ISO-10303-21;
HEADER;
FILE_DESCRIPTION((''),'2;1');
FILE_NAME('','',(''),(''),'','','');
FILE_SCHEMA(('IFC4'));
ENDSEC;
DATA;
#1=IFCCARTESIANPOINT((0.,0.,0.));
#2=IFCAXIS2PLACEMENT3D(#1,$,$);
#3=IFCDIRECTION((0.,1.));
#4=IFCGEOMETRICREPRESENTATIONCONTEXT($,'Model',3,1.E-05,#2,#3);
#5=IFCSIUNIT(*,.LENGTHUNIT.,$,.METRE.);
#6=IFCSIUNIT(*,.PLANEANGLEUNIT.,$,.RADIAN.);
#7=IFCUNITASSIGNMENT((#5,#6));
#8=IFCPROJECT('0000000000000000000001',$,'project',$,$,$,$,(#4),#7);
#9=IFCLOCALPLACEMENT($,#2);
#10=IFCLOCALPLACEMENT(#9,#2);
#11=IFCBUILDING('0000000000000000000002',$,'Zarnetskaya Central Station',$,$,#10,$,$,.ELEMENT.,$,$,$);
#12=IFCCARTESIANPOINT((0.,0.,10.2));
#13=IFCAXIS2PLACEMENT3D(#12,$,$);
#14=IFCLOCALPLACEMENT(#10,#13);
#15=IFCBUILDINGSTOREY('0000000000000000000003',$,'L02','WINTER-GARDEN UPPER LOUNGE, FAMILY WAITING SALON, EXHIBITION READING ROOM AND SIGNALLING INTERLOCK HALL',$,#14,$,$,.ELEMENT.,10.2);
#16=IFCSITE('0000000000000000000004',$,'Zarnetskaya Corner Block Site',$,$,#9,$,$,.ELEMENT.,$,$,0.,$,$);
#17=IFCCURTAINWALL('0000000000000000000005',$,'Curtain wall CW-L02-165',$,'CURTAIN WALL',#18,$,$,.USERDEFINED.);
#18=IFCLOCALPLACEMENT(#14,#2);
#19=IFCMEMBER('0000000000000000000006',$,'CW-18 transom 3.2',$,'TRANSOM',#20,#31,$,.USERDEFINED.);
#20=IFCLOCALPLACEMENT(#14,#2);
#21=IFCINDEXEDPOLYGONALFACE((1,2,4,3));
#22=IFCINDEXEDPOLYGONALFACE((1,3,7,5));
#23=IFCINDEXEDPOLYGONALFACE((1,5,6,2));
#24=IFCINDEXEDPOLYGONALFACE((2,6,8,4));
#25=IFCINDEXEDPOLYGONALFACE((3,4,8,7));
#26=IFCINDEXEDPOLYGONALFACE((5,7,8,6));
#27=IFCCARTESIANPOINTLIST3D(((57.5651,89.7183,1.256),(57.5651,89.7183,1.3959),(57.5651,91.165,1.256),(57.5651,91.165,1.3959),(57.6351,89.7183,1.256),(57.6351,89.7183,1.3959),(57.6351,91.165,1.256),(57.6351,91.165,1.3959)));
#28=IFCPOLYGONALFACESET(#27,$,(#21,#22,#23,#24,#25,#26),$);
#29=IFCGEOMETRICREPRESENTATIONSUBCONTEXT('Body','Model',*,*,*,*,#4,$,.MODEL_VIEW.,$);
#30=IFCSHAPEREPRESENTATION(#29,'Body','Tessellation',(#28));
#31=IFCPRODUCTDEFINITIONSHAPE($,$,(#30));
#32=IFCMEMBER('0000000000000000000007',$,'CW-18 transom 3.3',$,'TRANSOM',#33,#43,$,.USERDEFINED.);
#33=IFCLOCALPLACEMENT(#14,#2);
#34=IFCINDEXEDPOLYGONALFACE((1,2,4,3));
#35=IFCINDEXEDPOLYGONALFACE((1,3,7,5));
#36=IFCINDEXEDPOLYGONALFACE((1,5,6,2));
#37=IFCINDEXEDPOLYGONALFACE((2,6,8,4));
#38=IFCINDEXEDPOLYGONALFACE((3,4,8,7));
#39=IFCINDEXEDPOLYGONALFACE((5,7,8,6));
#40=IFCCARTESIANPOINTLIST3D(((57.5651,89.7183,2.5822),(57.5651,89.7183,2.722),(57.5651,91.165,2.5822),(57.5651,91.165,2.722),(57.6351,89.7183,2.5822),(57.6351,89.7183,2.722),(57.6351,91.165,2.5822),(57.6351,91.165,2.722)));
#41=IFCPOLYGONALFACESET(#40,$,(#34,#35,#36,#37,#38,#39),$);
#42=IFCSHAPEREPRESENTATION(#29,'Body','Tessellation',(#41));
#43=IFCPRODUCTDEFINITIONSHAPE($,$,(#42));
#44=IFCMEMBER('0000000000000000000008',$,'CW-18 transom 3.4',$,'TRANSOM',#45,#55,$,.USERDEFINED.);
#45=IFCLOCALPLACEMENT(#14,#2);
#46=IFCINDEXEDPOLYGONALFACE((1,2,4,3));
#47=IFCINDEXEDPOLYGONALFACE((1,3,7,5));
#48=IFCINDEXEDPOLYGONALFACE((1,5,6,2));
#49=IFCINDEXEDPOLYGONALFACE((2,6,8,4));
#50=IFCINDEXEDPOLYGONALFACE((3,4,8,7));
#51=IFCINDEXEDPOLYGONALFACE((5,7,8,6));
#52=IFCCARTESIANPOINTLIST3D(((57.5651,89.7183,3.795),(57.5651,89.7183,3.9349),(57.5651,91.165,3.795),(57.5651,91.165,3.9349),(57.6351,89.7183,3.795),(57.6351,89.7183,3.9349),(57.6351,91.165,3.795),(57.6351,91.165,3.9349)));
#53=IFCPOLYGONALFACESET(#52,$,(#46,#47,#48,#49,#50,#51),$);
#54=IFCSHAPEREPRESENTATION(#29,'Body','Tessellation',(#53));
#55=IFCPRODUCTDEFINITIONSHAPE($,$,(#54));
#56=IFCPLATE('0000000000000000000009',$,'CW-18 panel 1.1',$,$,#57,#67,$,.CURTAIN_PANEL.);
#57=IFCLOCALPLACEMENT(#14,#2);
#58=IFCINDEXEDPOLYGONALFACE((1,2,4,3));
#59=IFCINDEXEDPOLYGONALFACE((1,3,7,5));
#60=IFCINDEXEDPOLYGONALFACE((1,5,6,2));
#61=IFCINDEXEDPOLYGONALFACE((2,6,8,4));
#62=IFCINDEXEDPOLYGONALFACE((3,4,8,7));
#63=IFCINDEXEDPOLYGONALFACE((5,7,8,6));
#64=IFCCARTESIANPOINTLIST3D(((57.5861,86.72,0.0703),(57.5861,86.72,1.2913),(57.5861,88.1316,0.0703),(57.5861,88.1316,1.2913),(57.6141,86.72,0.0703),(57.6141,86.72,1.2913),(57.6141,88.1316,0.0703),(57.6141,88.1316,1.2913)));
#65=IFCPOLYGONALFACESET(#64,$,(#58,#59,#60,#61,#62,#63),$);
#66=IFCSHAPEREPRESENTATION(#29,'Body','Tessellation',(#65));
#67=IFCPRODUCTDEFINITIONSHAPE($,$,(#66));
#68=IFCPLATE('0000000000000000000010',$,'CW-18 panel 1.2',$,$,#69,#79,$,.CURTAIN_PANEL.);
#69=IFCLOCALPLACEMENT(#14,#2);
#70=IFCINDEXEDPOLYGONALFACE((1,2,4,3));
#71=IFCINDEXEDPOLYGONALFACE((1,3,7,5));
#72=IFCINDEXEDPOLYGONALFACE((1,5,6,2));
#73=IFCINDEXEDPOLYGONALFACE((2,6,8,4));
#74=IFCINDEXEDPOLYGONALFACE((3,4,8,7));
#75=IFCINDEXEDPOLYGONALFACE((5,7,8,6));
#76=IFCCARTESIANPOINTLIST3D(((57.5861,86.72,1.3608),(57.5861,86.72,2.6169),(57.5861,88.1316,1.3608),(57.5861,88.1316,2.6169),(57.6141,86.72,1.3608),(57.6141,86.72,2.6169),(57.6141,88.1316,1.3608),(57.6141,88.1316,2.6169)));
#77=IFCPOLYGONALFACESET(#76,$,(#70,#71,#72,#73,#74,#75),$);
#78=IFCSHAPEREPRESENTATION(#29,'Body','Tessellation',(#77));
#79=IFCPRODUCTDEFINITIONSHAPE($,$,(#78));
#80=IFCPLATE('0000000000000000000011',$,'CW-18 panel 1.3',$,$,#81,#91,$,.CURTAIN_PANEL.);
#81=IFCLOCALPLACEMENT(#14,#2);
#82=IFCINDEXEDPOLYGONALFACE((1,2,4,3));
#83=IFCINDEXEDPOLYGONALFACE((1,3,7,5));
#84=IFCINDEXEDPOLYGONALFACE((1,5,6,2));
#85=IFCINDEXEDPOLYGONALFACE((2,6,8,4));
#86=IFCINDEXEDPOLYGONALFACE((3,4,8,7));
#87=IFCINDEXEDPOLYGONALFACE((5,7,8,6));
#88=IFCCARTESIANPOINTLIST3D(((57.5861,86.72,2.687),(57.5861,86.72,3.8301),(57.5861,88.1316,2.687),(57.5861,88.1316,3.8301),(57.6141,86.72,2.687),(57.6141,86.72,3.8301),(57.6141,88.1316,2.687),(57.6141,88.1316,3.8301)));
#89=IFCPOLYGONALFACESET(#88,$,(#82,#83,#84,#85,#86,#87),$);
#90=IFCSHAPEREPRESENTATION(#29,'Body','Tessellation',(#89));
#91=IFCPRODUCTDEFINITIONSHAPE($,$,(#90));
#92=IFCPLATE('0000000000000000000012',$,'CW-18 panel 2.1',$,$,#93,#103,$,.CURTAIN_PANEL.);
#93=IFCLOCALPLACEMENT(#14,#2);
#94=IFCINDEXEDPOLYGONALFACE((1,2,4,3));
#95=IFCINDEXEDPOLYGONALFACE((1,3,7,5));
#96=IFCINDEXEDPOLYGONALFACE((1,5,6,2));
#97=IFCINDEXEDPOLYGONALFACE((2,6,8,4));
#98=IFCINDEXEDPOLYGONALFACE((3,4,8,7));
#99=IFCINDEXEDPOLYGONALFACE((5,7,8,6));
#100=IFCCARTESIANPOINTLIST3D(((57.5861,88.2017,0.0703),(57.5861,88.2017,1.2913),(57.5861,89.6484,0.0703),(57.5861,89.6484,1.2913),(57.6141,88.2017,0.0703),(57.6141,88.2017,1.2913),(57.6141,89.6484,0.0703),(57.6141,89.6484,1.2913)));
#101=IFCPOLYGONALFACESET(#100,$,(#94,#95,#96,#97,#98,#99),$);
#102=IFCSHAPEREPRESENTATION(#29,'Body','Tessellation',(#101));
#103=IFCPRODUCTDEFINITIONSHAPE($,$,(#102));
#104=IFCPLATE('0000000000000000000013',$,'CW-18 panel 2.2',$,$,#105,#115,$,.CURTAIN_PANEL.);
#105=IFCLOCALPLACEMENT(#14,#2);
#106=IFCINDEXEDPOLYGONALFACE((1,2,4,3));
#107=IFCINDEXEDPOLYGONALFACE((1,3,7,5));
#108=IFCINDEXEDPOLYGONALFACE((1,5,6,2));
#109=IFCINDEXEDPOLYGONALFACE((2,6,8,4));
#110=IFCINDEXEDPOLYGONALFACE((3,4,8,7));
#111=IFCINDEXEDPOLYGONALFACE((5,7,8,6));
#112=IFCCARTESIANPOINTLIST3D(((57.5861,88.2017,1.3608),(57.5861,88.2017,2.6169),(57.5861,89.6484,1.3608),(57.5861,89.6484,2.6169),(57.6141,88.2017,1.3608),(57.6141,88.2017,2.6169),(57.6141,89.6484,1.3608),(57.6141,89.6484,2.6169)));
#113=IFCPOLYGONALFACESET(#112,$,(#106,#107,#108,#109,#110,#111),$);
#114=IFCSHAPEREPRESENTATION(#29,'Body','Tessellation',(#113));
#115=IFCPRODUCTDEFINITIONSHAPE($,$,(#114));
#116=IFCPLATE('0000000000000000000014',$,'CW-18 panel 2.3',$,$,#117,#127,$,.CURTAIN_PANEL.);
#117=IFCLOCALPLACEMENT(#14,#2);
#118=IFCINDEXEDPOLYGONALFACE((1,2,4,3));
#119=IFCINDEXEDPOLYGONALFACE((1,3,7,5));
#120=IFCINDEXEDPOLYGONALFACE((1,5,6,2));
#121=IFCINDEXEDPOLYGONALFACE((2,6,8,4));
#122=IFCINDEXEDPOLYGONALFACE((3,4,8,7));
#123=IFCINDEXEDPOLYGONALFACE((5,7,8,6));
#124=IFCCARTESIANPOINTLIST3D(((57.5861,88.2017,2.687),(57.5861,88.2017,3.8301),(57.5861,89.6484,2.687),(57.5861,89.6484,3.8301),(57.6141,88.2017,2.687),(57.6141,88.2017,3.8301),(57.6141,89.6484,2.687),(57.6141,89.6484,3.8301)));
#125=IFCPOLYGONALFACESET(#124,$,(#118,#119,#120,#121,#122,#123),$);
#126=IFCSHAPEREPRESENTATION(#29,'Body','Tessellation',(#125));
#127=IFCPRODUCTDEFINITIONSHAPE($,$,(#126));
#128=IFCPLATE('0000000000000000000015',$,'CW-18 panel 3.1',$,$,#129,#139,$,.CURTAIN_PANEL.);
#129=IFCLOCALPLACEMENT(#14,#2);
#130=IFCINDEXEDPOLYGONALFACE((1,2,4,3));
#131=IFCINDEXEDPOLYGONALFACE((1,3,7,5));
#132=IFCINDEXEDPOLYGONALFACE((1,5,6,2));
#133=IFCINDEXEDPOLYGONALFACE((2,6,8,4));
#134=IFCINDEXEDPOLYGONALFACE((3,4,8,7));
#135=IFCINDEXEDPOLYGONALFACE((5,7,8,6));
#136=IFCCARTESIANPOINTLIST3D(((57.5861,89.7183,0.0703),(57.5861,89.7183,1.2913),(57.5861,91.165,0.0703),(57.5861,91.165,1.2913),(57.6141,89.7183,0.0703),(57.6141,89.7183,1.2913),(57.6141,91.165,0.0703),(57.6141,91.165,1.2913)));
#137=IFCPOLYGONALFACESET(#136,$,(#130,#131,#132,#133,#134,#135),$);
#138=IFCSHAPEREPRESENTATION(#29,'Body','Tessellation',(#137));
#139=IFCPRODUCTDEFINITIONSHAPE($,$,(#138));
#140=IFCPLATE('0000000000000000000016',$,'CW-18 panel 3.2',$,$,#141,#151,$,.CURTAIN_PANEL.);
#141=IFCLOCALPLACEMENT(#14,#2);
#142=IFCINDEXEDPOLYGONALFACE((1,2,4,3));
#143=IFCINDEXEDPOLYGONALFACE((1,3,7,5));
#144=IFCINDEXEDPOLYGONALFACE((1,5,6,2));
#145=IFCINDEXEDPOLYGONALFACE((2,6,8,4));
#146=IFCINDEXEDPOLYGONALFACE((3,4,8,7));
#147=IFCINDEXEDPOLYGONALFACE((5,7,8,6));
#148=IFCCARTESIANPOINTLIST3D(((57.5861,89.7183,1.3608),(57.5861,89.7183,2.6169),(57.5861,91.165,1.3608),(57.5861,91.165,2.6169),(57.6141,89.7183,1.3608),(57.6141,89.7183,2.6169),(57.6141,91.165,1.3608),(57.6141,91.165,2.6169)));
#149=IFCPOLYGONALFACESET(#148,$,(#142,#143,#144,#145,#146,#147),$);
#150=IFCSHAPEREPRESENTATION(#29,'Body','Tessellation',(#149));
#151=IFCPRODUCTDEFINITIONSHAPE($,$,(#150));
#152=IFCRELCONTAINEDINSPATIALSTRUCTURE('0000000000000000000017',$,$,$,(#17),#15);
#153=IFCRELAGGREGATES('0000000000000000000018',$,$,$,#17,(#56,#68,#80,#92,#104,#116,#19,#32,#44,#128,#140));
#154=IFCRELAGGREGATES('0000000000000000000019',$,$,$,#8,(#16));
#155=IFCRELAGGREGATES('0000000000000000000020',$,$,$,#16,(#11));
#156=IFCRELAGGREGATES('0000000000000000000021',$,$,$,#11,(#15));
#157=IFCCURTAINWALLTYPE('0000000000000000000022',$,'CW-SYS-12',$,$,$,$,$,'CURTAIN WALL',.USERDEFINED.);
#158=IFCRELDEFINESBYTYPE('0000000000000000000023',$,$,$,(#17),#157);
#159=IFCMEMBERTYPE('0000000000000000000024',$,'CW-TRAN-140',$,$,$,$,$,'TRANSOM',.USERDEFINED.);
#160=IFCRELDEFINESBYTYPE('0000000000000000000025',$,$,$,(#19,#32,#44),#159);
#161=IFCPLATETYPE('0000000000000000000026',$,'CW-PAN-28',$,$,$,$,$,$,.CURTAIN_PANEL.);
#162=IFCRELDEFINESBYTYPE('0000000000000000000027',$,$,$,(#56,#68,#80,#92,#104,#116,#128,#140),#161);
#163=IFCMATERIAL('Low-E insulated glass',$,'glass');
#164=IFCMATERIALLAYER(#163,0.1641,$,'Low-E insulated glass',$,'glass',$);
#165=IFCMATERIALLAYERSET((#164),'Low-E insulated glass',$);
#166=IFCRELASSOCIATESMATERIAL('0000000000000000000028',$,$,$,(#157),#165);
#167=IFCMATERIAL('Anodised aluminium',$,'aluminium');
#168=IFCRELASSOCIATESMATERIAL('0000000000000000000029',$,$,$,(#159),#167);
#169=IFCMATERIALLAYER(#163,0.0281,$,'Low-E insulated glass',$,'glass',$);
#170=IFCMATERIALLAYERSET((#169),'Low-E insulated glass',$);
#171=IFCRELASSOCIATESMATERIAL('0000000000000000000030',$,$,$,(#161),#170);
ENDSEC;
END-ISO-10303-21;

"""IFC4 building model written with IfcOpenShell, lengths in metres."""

from ifc_helpers import new_model, si_unit, direction, frame, origin, origin_2d, place, context, subcontext, project, spatial, rectangle, extrude, material, layer, layer_set, material_profile, profile_set, type_object, element, aggregate, save


model = new_model("IFC4")

# Units and contexts
model_context = context("Model", 3, precision=1e-05, world=origin(), true_north=direction((0.0, 1.0)))
body_context = subcontext(model_context, "Body", "Model", "MODEL_VIEW")
ifc_project = project(units=[si_unit("LENGTHUNIT", "METRE"), si_unit("PLANEANGLEUNIT", "RADIAN")], contexts=[model_context])

# Site, building, storey
site_placement = place(None, origin())
site = spatial("IfcSite", under=ifc_project, at=site_placement, Name="Zarnetskaya Corner Block Site", CompositionType="ELEMENT", RefElevation=0.0)
building_placement = place(site_placement, origin())
building = spatial("IfcBuilding", under=site, at=building_placement, Name="Zarnetskaya Central Station", CompositionType="ELEMENT")
storey_placement = place(building_placement, frame((0.0, 0.0, 10.2)))
storey = spatial("IfcBuildingStorey", under=building, at=storey_placement, Name="L02", Description="WINTER-GARDEN UPPER LOUNGE, FAMILY WAITING SALON, EXHIBITION READING ROOM AND SIGNALLING INTERLOCK HALL", CompositionType="ELEMENT", Elevation=10.2)

# Curtain wall
ifc_material_1 = material(Name="Low-E insulated glass", Category="glass")
ifc_layer_1 = layer(ifc_material_1, 0.1641, Name="Low-E insulated glass", Category="glass")
ifc_layer_set_1 = layer_set([ifc_layer_1], Name="Low-E insulated glass")
curtain_wall_type = type_object("IfcCurtainWallType", Name="CW-SYS-12", ElementType="CURTAIN WALL", PredefinedType="USERDEFINED", material=ifc_layer_set_1)
curtain_wall_1_placement = place(storey_placement, origin())
curtain_wall_1 = element("IfcCurtainWall", 1, at=curtain_wall_1_placement, inside=storey, type_object=curtain_wall_type, Name="Curtain wall CW-L02-165", ObjectType="CURTAIN WALL", PredefinedType="USERDEFINED")
ifc_material_2 = material(Name="Anodised aluminium", Category="aluminium")

# Members
ifc_material_profile_1 = material_profile(ifc_material_2, rectangle(XDim=0.0701, YDim=0.1399, at=origin_2d()), Name="ALU TRAN 70x140")
ifc_profile_set_1 = profile_set([ifc_material_profile_1], Name="Anodised aluminium")
member_type_1 = type_object("IfcMemberType", Name="CW-TRAN-140", ElementType="TRANSOM", PredefinedType="USERDEFINED", material=ifc_profile_set_1)
member_1_placement = place(storey_placement, frame((57.6001, 89.7183, 1.3259), z_axis=(0.0, 1.0, 0.0), x_axis=(-1.0, 0.0, 0.0)))
member_1 = element("IfcMember", 2, at=member_1_placement, type_object=member_type_1, Name="CW-18 transom 3.2", ObjectType="TRANSOM", PredefinedType="USERDEFINED", context=body_context, shape_type="SweptSolid", body=[
    extrude(rectangle(XDim=0.0701, YDim=0.1399, at=origin_2d()), origin(), (0.0, 0.0, 1.0), 1.4468),
])
member_2_placement = place(storey_placement, frame((57.6001, 89.7183, 2.6521), z_axis=(0.0, 1.0, 0.0), x_axis=(-1.0, 0.0, 0.0)))
member_2 = element("IfcMember", 3, at=member_2_placement, type_object=member_type_1, Name="CW-18 transom 3.3", ObjectType="TRANSOM", PredefinedType="USERDEFINED", context=body_context, shape_type="SweptSolid", body=[
    extrude(rectangle(XDim=0.0701, YDim=0.1399, at=origin_2d()), origin(), (0.0, 0.0, 1.0), 1.4468),
])
member_3_placement = place(storey_placement, frame((57.6001, 89.7183, 3.865), z_axis=(0.0, 1.0, 0.0), x_axis=(-1.0, 0.0, 0.0)))
member_3 = element("IfcMember", 4, at=member_3_placement, type_object=member_type_1, Name="CW-18 transom 3.4", ObjectType="TRANSOM", PredefinedType="USERDEFINED", context=body_context, shape_type="SweptSolid", body=[
    extrude(rectangle(XDim=0.0701, YDim=0.1399, at=origin_2d()), origin(), (0.0, 0.0, 1.0), 1.4468),
])

# Plates
ifc_layer_2 = layer(ifc_material_1, 0.0281, Name="Low-E insulated glass", Category="glass")
ifc_layer_set_2 = layer_set([ifc_layer_2], Name="Low-E insulated glass")
plate_type = type_object("IfcPlateType", Name="CW-PAN-28", PredefinedType="CURTAIN_PANEL", material=ifc_layer_set_2)
plate_1_placement = place(storey_placement, frame((57.6001, 87.4258, 0.0703), z_axis=(0.0, 0.0, 1.0), x_axis=(0.0, 1.0, 0.0)))
plate_1 = element("IfcPlate", 5, at=plate_1_placement, type_object=plate_type, Name="CW-18 panel 1.1", PredefinedType="CURTAIN_PANEL", context=body_context, shape_type="SweptSolid", body=[
    extrude(rectangle(XDim=1.4116, YDim=0.0281, at=origin_2d()), origin(), (0.0, 0.0, 1.0), 1.2209),
])
plate_2_placement = place(storey_placement, frame((57.6001, 87.4258, 1.3608), z_axis=(0.0, 0.0, 1.0), x_axis=(0.0, 1.0, 0.0)))
plate_2 = element("IfcPlate", 6, at=plate_2_placement, type_object=plate_type, Name="CW-18 panel 1.2", PredefinedType="CURTAIN_PANEL", context=body_context, shape_type="SweptSolid", body=[
    extrude(rectangle(XDim=1.4116, YDim=0.0281, at=origin_2d()), origin(), (0.0, 0.0, 1.0), 1.2561),
])
plate_3_placement = place(storey_placement, frame((57.6001, 87.4258, 2.687), z_axis=(0.0, 0.0, 1.0), x_axis=(0.0, 1.0, 0.0)))
plate_3 = element("IfcPlate", 7, at=plate_3_placement, type_object=plate_type, Name="CW-18 panel 1.3", PredefinedType="CURTAIN_PANEL", context=body_context, shape_type="SweptSolid", body=[
    extrude(rectangle(XDim=1.4116, YDim=0.0281, at=origin_2d()), origin(), (0.0, 0.0, 1.0), 1.1431),
])
plate_4_placement = place(storey_placement, frame((57.6001, 88.925, 0.0703), z_axis=(0.0, 0.0, 1.0), x_axis=(0.0, 1.0, 0.0)))
plate_4 = element("IfcPlate", 8, at=plate_4_placement, type_object=plate_type, Name="CW-18 panel 2.1", PredefinedType="CURTAIN_PANEL", context=body_context, shape_type="SweptSolid", body=[
    extrude(rectangle(XDim=1.4468, YDim=0.0281, at=origin_2d()), origin(), (0.0, 0.0, 1.0), 1.2209),
])
plate_5_placement = place(storey_placement, frame((57.6001, 88.925, 1.3608), z_axis=(0.0, 0.0, 1.0), x_axis=(0.0, 1.0, 0.0)))
plate_5 = element("IfcPlate", 9, at=plate_5_placement, type_object=plate_type, Name="CW-18 panel 2.2", PredefinedType="CURTAIN_PANEL", context=body_context, shape_type="SweptSolid", body=[
    extrude(rectangle(XDim=1.4468, YDim=0.0281, at=origin_2d()), origin(), (0.0, 0.0, 1.0), 1.2561),
])
plate_6_placement = place(storey_placement, frame((57.6001, 88.925, 2.687), z_axis=(0.0, 0.0, 1.0), x_axis=(0.0, 1.0, 0.0)))
plate_6 = element("IfcPlate", 10, at=plate_6_placement, type_object=plate_type, Name="CW-18 panel 2.3", PredefinedType="CURTAIN_PANEL", context=body_context, shape_type="SweptSolid", body=[
    extrude(rectangle(XDim=1.4468, YDim=0.0281, at=origin_2d()), origin(), (0.0, 0.0, 1.0), 1.1431),
])
plate_7_placement = place(storey_placement, frame((57.6001, 90.4417, 0.0703), z_axis=(0.0, 0.0, 1.0), x_axis=(0.0, 1.0, 0.0)))
plate_7 = element("IfcPlate", 11, at=plate_7_placement, type_object=plate_type, Name="CW-18 panel 3.1", PredefinedType="CURTAIN_PANEL", context=body_context, shape_type="SweptSolid", body=[
    extrude(rectangle(XDim=1.4468, YDim=0.0281, at=origin_2d()), origin(), (0.0, 0.0, 1.0), 1.2209),
])
plate_8_placement = place(storey_placement, frame((57.6001, 90.4417, 1.3608), z_axis=(0.0, 0.0, 1.0), x_axis=(0.0, 1.0, 0.0)))
plate_8 = element("IfcPlate", 12, at=plate_8_placement, type_object=plate_type, Name="CW-18 panel 3.2", PredefinedType="CURTAIN_PANEL", context=body_context, shape_type="SweptSolid", body=[
    extrude(rectangle(XDim=1.4468, YDim=0.0281, at=origin_2d()), origin(), (0.0, 0.0, 1.0), 1.2561),
])
aggregate(curtain_wall_1, [plate_1, plate_2, plate_3, plate_4, plate_5, plate_6, member_1, member_2, member_3, plate_7, plate_8])

save(model, "model.ifc")
